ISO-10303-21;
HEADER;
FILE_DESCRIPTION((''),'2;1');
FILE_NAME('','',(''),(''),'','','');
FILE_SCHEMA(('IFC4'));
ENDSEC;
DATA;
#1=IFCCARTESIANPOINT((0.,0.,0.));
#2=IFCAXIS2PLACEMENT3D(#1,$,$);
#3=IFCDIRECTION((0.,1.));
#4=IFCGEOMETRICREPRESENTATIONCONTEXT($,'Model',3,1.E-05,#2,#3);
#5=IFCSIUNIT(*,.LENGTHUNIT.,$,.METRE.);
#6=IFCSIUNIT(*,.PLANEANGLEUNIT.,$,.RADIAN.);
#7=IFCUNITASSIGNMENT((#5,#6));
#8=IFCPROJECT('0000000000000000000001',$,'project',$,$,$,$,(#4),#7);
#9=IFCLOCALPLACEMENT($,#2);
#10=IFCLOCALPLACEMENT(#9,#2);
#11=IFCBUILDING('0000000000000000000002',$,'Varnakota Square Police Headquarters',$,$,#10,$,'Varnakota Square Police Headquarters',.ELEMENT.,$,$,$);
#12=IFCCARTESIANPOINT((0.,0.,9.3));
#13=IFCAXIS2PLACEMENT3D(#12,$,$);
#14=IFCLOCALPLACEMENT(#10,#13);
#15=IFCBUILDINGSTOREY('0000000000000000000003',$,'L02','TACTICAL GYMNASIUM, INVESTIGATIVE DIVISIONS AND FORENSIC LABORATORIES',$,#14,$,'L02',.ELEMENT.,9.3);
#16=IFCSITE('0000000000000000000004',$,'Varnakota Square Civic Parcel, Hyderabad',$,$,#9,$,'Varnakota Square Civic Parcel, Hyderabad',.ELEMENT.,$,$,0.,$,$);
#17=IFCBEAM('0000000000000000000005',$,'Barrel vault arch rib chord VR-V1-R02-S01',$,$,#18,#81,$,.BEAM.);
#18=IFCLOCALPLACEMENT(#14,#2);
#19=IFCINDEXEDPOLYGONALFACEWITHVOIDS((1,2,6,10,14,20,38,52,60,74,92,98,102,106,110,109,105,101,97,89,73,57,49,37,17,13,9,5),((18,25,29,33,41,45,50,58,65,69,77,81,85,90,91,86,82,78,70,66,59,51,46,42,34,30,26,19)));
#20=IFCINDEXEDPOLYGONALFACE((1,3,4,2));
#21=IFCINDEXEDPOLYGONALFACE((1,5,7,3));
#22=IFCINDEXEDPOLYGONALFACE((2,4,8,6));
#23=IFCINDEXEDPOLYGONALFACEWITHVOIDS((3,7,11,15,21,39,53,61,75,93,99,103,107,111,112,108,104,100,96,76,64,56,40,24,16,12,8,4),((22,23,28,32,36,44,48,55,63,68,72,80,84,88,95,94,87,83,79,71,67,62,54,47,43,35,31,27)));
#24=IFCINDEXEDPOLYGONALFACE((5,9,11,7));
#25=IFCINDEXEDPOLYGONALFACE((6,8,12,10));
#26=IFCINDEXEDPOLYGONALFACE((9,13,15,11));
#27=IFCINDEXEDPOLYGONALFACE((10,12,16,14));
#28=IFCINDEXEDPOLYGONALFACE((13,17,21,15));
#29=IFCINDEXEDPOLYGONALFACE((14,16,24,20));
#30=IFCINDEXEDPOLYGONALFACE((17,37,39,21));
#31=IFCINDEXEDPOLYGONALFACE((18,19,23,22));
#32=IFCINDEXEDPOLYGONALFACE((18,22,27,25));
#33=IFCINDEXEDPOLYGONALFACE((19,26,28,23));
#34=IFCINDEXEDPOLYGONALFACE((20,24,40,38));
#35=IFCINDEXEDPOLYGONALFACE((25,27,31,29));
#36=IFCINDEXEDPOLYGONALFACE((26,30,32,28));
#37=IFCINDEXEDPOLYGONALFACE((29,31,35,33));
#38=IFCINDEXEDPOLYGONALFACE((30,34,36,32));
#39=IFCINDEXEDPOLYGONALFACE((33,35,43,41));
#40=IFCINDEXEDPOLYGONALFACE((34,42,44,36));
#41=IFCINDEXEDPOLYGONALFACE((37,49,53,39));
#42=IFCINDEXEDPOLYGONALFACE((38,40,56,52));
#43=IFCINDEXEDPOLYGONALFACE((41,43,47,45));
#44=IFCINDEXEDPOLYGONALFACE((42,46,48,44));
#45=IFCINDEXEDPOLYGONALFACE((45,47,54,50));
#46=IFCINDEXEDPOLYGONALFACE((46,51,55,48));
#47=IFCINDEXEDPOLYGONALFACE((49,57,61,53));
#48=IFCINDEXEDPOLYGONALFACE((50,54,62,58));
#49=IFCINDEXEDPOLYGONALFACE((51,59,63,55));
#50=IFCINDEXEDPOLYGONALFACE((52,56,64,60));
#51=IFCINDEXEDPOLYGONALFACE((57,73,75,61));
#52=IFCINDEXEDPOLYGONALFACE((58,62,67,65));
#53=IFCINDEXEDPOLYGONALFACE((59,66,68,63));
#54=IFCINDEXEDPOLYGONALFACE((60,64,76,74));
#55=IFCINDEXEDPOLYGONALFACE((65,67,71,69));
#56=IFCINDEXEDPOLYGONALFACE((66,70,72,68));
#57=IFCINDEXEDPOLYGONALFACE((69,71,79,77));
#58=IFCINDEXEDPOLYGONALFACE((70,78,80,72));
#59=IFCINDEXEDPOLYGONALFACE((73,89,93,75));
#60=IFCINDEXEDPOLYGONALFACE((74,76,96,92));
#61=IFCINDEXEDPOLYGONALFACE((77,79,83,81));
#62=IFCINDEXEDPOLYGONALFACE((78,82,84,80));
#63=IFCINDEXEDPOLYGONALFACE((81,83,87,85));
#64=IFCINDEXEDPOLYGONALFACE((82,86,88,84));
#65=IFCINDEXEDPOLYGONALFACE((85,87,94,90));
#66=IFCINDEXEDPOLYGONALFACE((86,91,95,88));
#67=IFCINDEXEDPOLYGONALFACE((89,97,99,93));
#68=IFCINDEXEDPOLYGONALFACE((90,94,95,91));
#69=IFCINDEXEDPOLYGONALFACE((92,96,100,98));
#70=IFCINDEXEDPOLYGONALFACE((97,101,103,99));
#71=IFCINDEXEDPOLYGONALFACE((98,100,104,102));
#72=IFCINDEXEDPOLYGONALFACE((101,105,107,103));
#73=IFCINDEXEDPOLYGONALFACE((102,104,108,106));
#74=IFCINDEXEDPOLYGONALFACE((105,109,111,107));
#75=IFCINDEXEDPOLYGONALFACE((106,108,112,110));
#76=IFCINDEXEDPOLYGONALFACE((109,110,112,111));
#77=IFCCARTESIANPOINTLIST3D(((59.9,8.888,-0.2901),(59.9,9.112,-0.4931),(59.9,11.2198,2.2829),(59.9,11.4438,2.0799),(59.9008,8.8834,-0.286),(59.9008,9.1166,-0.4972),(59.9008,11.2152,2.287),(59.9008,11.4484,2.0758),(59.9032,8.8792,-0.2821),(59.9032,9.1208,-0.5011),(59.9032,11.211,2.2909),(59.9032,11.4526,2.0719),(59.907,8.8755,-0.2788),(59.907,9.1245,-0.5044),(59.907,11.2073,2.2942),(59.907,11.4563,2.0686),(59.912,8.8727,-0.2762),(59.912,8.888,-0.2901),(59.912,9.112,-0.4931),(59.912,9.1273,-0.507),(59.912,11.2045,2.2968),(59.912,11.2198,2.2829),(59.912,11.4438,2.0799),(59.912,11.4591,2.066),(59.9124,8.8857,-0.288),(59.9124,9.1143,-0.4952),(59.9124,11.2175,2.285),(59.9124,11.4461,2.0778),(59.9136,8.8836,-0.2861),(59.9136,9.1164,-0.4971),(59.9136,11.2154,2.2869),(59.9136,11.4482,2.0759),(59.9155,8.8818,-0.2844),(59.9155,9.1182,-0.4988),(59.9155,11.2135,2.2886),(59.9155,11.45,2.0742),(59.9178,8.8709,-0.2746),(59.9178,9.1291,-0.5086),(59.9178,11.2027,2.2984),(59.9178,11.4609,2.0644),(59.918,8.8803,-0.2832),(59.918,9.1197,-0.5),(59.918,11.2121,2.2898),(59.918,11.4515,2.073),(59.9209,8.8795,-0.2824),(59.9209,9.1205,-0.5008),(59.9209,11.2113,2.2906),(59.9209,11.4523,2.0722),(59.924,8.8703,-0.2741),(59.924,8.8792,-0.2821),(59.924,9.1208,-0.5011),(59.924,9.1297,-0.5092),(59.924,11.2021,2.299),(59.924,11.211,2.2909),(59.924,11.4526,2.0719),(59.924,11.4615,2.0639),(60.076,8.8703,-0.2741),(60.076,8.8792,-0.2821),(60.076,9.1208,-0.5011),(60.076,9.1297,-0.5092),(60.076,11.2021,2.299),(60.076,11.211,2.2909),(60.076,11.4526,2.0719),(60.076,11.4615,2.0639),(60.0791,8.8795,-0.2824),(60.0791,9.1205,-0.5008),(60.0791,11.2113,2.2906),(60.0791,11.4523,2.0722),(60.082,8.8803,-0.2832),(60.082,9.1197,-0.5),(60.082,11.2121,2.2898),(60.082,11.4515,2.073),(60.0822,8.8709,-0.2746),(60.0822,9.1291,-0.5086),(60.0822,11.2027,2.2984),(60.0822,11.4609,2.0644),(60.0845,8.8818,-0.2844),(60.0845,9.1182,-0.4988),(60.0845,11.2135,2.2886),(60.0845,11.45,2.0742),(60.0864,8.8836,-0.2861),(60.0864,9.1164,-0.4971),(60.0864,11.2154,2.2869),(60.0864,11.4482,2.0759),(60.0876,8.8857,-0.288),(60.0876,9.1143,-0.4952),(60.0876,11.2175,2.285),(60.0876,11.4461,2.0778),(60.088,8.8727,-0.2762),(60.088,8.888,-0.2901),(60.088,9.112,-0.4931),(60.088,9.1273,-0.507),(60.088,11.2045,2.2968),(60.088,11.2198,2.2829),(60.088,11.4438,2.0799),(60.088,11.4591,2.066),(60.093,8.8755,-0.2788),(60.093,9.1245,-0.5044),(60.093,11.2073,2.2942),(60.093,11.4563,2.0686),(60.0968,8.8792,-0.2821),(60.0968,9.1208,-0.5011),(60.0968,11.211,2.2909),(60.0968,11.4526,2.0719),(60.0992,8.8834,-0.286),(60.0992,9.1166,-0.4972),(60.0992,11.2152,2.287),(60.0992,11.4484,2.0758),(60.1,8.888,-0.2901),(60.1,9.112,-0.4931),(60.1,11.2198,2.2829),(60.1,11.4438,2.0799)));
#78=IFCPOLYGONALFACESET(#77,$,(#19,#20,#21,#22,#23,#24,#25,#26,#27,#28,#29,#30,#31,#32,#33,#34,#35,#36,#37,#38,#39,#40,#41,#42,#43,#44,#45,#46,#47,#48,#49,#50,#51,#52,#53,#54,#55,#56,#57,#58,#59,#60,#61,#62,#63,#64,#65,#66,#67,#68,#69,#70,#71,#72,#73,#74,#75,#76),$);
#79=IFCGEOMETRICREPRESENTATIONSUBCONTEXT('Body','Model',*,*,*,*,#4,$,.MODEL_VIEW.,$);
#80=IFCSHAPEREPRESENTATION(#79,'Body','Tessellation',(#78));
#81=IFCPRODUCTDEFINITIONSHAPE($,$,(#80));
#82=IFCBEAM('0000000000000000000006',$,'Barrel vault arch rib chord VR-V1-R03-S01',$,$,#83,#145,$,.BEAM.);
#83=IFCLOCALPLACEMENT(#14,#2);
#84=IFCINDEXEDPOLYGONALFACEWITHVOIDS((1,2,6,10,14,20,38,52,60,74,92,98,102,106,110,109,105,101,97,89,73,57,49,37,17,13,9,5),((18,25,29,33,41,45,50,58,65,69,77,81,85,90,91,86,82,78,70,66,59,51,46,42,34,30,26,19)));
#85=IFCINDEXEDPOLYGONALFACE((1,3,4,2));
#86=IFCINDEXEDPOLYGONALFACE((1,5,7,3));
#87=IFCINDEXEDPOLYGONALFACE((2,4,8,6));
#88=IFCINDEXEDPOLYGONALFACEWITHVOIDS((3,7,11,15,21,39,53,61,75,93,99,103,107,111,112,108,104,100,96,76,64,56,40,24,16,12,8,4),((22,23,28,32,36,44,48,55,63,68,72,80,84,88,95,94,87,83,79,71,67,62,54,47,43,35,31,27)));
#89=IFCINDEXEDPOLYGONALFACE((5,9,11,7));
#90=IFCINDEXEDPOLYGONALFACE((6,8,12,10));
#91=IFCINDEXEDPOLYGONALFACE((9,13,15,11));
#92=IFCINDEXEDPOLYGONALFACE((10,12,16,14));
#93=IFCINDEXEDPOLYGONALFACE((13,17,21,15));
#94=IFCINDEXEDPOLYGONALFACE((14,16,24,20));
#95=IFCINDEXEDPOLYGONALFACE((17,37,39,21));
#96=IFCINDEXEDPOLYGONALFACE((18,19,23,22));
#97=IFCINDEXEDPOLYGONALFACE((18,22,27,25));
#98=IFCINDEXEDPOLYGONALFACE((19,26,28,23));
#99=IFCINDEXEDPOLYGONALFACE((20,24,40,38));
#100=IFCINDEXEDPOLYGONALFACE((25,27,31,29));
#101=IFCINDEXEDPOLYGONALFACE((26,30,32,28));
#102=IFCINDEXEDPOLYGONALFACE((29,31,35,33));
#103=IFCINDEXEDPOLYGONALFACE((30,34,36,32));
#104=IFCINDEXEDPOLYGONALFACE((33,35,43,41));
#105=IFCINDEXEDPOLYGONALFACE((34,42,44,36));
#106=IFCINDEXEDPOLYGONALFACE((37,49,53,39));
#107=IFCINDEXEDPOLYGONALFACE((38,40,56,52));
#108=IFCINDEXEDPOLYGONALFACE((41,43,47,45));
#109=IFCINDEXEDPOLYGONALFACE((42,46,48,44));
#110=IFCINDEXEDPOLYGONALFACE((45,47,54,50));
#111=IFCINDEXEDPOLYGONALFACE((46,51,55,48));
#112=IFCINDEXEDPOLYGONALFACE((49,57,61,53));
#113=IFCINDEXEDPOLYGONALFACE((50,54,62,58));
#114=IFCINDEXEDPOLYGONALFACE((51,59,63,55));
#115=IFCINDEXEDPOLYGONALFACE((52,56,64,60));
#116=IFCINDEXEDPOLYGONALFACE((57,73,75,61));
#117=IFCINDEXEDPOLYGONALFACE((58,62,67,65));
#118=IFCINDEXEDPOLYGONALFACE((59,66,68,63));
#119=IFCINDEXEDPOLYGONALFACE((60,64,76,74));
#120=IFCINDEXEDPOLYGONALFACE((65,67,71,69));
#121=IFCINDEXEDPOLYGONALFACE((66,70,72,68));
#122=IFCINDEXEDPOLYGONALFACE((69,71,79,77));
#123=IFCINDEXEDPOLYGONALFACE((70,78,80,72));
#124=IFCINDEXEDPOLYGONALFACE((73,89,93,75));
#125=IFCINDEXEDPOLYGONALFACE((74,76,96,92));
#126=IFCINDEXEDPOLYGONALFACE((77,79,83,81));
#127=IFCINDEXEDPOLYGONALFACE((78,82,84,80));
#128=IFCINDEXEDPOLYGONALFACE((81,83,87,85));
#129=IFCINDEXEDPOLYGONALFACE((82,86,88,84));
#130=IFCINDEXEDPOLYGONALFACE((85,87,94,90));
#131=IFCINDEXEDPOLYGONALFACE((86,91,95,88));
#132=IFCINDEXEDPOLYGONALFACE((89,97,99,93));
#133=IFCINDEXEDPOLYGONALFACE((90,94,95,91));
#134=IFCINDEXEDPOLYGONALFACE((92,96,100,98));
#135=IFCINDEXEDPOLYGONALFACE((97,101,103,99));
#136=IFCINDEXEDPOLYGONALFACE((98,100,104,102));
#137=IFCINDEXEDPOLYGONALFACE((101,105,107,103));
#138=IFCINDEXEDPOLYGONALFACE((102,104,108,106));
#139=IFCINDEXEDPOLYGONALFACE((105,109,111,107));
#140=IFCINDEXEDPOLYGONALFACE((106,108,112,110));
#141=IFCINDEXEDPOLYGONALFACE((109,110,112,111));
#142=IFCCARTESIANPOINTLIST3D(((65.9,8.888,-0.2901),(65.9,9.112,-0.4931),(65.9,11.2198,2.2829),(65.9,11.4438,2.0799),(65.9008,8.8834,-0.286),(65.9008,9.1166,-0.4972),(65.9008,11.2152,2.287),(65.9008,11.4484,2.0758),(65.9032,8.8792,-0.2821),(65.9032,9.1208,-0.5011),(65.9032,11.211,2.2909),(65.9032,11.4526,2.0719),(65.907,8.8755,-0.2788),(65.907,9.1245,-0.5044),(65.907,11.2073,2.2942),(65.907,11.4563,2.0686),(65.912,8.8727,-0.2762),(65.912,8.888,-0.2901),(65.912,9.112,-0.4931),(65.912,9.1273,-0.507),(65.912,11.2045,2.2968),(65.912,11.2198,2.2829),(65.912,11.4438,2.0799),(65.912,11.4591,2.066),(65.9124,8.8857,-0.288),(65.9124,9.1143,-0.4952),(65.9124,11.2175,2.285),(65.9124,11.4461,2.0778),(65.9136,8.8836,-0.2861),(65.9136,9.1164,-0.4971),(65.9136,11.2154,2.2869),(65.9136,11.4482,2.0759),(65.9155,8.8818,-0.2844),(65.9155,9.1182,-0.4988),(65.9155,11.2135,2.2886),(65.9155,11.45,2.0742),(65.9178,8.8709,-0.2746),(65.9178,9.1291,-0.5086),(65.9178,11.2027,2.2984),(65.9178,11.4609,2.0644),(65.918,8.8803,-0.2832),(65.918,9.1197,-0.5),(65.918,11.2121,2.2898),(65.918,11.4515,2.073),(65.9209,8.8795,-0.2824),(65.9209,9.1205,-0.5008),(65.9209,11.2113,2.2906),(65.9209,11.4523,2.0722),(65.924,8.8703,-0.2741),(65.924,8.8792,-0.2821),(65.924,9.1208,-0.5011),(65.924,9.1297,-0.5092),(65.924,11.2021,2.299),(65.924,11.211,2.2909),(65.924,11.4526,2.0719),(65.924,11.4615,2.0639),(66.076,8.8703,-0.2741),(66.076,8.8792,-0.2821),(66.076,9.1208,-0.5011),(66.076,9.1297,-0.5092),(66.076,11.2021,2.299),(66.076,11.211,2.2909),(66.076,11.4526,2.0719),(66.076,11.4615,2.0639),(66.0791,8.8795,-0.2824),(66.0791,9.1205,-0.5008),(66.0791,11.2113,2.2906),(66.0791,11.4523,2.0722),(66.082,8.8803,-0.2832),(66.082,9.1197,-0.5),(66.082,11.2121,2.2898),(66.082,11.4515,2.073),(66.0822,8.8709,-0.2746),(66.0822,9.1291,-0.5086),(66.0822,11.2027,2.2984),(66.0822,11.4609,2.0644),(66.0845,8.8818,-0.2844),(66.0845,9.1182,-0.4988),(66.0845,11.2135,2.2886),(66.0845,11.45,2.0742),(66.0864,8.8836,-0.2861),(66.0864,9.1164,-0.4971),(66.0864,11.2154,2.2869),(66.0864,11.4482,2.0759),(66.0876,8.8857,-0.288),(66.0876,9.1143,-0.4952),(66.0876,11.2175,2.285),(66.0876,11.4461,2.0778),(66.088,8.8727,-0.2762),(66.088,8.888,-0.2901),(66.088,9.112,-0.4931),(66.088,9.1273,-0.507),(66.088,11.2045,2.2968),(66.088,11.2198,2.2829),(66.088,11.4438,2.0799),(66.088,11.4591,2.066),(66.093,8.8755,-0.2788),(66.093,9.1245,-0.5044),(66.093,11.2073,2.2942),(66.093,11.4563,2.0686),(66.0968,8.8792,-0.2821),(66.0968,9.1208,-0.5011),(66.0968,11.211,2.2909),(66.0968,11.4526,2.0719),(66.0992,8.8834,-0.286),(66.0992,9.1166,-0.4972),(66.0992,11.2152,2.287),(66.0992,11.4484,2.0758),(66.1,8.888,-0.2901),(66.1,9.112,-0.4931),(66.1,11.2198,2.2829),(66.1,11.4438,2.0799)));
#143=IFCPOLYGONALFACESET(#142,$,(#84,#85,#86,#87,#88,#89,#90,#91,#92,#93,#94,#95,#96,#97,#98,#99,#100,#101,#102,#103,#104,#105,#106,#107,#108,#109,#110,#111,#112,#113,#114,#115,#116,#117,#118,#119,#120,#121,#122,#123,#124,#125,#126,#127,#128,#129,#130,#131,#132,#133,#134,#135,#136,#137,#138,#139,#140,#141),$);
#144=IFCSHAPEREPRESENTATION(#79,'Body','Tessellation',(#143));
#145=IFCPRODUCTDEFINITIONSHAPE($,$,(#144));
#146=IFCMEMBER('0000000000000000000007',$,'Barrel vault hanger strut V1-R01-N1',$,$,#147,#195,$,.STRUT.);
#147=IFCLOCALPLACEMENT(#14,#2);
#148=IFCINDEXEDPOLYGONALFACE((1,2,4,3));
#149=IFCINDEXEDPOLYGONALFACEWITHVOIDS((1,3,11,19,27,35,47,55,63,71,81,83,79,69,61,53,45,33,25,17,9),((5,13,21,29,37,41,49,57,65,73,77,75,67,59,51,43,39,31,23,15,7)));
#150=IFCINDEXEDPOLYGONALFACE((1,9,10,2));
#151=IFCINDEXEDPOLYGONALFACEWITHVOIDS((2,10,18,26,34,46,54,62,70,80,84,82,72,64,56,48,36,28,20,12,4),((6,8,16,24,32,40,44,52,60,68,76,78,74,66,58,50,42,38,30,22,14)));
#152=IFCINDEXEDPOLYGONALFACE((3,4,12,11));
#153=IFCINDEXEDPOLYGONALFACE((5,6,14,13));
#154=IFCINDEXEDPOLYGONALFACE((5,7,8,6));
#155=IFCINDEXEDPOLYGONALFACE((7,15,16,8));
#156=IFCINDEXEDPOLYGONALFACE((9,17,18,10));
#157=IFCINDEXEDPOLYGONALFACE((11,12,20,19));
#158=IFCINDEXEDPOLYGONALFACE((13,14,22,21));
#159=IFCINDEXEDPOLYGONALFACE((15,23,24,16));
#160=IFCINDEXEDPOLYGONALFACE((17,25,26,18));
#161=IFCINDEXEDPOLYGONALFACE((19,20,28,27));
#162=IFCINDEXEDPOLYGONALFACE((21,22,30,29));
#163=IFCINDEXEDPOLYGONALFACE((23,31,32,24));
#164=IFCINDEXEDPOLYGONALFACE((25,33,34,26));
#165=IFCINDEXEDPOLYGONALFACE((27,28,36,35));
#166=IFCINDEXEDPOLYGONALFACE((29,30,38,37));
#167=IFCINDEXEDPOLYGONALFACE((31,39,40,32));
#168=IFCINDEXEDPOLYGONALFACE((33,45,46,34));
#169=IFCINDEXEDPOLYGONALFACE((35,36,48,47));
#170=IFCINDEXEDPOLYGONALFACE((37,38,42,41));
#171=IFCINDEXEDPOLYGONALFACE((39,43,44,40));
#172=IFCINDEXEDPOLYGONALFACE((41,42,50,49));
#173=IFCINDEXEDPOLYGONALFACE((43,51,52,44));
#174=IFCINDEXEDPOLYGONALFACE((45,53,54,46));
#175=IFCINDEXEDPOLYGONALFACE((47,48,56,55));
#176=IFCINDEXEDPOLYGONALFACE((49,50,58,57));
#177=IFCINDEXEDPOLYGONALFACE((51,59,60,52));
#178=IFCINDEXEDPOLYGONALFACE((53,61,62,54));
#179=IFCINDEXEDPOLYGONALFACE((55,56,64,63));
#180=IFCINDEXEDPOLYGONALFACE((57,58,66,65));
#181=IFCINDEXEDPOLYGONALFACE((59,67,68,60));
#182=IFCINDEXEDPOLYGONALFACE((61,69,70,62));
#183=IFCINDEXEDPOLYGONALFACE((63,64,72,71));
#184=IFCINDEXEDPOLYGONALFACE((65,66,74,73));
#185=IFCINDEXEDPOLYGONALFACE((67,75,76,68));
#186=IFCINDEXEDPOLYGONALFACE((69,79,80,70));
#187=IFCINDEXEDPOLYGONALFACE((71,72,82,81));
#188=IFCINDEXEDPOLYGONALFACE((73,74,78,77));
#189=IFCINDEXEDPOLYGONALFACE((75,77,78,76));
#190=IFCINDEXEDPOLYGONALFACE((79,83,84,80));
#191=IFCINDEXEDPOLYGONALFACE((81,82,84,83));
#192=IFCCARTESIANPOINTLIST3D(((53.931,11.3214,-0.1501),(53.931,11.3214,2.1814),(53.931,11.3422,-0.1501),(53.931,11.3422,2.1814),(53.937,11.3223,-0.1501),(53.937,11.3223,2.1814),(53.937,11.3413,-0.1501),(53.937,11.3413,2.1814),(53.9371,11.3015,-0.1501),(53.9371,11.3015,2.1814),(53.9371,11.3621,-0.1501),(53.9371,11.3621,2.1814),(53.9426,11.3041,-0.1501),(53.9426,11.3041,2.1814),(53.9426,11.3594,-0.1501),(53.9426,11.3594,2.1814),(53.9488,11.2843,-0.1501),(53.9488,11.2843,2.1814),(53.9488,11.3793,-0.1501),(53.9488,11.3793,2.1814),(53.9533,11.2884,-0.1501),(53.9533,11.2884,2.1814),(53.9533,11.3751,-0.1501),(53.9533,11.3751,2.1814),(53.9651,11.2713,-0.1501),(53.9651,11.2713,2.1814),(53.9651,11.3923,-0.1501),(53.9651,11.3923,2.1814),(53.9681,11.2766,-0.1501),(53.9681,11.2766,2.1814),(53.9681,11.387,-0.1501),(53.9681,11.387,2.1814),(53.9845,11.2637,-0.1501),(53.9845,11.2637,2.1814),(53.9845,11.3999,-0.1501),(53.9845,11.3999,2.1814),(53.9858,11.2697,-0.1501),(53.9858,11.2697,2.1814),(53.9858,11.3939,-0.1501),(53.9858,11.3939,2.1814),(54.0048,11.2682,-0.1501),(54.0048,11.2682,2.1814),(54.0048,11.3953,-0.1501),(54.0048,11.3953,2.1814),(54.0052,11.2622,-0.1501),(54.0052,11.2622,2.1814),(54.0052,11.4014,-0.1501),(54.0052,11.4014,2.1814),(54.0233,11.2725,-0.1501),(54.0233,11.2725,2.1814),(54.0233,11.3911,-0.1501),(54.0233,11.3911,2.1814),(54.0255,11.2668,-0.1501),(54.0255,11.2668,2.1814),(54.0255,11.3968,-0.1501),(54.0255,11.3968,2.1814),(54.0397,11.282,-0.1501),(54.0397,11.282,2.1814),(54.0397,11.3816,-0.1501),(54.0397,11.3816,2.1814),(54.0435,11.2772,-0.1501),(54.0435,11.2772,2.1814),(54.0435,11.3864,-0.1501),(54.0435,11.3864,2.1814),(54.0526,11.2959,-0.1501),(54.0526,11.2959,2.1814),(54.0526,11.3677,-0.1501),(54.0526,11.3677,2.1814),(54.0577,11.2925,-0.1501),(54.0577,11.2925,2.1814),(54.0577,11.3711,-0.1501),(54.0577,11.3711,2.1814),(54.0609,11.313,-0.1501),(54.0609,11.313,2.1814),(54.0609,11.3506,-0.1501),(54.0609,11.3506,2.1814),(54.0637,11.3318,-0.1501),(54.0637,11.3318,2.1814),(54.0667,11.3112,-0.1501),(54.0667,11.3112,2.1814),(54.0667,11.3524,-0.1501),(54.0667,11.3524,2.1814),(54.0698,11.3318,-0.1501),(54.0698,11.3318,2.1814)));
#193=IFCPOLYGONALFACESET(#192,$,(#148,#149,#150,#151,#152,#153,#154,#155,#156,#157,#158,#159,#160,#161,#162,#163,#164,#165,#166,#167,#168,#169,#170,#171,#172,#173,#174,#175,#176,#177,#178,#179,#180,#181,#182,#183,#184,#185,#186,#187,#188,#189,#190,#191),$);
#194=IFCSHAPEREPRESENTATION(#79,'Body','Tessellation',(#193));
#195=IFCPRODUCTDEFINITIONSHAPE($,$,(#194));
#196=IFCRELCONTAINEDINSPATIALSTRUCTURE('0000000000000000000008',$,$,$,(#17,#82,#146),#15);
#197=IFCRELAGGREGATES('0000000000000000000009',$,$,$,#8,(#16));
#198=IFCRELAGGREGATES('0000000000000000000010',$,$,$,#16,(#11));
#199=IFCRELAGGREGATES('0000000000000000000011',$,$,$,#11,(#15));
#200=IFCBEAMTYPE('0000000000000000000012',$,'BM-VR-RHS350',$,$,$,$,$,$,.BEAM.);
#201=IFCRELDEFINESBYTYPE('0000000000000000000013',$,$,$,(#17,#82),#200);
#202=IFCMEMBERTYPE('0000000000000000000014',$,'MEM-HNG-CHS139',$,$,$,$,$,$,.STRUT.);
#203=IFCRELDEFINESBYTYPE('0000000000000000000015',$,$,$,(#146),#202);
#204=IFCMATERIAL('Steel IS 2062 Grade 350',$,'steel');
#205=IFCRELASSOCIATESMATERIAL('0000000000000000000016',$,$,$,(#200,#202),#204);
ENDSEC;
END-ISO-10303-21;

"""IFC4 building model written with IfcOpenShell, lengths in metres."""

from ifc_helpers import new_model, si_unit, direction, frame, origin, origin_2d, place, context, subcontext, project, spatial, hollow_rectangle, hollow_circle, extrude, material, material_profile, profile_set, type_object, element, save


model = new_model("IFC4")

# Units and contexts
model_context = context("Model", 3, precision=1e-05, world=origin(), true_north=direction((0.0, 1.0)))
body_context = subcontext(model_context, "Body", "Model", "MODEL_VIEW")
ifc_project = project(units=[si_unit("LENGTHUNIT", "METRE"), si_unit("PLANEANGLEUNIT", "RADIAN")], contexts=[model_context])

# Site, building, storey
site_placement = place(None, origin())
site = spatial("IfcSite", under=ifc_project, at=site_placement, Name="Varnakota Square Civic Parcel, Hyderabad", LongName="Varnakota Square Civic Parcel, Hyderabad", CompositionType="ELEMENT", RefElevation=0.0)
building_placement = place(site_placement, origin())
building = spatial("IfcBuilding", under=site, at=building_placement, Name="Varnakota Square Police Headquarters", LongName="Varnakota Square Police Headquarters", CompositionType="ELEMENT")
storey_placement = place(building_placement, frame((0.0, 0.0, 9.3)))
storey = spatial("IfcBuildingStorey", under=building, at=storey_placement, Name="L02", Description="TACTICAL GYMNASIUM, INVESTIGATIVE DIVISIONS AND FORENSIC LABORATORIES", LongName="L02", CompositionType="ELEMENT", Elevation=9.3)

# Shared definitions
ifc_material_1 = material(Name="Steel IS 2062 Grade 350", Category="steel")

# Beams
ifc_material_profile_1 = material_profile(ifc_material_1, hollow_rectangle(XDim=0.2, YDim=0.3501, WallThickness=0.012, InnerFilletRadius=0.012, OuterFilletRadius=0.0239, at=origin_2d()), Name="RHS 350x200x12")
ifc_profile_set_1 = profile_set([ifc_material_profile_1], Name="Steel IS 2062 Grade 350")
beam_type_1 = type_object("IfcBeamType", Name="BM-VR-RHS350", PredefinedType="BEAM", material=ifc_profile_set_1)
for number, where, z_axis, x_axis, name in (
    (1, (60.0, 9.0, -0.3916), (0.0, 0.671521, 0.740986), (-1.0, 0.0, 0.0), "Barrel vault arch rib chord VR-V1-R02-S01"),
    (2, (66.0, 9.0, -0.3916), (0.0, 0.671521, 0.740986), (-1.0, 0.0, 0.0), "Barrel vault arch rib chord VR-V1-R03-S01"),
):
    element("IfcBeam", number, at=place(storey_placement, frame(where, z_axis=z_axis, x_axis=x_axis)), inside=storey, type_object=beam_type_1, Name=name, PredefinedType="BEAM", context=body_context, shape_type="SweptSolid", body=[
        extrude(hollow_rectangle(XDim=0.2, YDim=0.3501, WallThickness=0.012, InnerFilletRadius=0.012, OuterFilletRadius=0.0239, at=origin_2d()), origin(), (0.0, 0.0, 1.0), 3.4724),
    ])

# Member
ifc_material_profile_2 = material_profile(ifc_material_1, hollow_circle(Radius=0.0698, WallThickness=0.0061, at=origin_2d()), Name="CHS 139.7x6.0")
ifc_profile_set_2 = profile_set([ifc_material_profile_2], Name="Steel IS 2062 Grade 350")
member_type_1 = type_object("IfcMemberType", Name="MEM-HNG-CHS139", PredefinedType="STRUT", material=ifc_profile_set_2)
member_placement = place(storey_placement, frame((54.0, 11.3318, -0.1501), z_axis=(0.0, 0.0, 1.0), x_axis=(1.0, 0.0, 0.0)))
element("IfcMember", 3, at=member_placement, inside=storey, type_object=member_type_1, Name="Barrel vault hanger strut V1-R01-N1", PredefinedType="STRUT", context=body_context, shape_type="SweptSolid", body=[
    extrude(hollow_circle(Radius=0.0698, WallThickness=0.0061, at=origin_2d()), origin(), (0.0, 0.0, 1.0), 2.3315),
])

save(model, "model.ifc")
